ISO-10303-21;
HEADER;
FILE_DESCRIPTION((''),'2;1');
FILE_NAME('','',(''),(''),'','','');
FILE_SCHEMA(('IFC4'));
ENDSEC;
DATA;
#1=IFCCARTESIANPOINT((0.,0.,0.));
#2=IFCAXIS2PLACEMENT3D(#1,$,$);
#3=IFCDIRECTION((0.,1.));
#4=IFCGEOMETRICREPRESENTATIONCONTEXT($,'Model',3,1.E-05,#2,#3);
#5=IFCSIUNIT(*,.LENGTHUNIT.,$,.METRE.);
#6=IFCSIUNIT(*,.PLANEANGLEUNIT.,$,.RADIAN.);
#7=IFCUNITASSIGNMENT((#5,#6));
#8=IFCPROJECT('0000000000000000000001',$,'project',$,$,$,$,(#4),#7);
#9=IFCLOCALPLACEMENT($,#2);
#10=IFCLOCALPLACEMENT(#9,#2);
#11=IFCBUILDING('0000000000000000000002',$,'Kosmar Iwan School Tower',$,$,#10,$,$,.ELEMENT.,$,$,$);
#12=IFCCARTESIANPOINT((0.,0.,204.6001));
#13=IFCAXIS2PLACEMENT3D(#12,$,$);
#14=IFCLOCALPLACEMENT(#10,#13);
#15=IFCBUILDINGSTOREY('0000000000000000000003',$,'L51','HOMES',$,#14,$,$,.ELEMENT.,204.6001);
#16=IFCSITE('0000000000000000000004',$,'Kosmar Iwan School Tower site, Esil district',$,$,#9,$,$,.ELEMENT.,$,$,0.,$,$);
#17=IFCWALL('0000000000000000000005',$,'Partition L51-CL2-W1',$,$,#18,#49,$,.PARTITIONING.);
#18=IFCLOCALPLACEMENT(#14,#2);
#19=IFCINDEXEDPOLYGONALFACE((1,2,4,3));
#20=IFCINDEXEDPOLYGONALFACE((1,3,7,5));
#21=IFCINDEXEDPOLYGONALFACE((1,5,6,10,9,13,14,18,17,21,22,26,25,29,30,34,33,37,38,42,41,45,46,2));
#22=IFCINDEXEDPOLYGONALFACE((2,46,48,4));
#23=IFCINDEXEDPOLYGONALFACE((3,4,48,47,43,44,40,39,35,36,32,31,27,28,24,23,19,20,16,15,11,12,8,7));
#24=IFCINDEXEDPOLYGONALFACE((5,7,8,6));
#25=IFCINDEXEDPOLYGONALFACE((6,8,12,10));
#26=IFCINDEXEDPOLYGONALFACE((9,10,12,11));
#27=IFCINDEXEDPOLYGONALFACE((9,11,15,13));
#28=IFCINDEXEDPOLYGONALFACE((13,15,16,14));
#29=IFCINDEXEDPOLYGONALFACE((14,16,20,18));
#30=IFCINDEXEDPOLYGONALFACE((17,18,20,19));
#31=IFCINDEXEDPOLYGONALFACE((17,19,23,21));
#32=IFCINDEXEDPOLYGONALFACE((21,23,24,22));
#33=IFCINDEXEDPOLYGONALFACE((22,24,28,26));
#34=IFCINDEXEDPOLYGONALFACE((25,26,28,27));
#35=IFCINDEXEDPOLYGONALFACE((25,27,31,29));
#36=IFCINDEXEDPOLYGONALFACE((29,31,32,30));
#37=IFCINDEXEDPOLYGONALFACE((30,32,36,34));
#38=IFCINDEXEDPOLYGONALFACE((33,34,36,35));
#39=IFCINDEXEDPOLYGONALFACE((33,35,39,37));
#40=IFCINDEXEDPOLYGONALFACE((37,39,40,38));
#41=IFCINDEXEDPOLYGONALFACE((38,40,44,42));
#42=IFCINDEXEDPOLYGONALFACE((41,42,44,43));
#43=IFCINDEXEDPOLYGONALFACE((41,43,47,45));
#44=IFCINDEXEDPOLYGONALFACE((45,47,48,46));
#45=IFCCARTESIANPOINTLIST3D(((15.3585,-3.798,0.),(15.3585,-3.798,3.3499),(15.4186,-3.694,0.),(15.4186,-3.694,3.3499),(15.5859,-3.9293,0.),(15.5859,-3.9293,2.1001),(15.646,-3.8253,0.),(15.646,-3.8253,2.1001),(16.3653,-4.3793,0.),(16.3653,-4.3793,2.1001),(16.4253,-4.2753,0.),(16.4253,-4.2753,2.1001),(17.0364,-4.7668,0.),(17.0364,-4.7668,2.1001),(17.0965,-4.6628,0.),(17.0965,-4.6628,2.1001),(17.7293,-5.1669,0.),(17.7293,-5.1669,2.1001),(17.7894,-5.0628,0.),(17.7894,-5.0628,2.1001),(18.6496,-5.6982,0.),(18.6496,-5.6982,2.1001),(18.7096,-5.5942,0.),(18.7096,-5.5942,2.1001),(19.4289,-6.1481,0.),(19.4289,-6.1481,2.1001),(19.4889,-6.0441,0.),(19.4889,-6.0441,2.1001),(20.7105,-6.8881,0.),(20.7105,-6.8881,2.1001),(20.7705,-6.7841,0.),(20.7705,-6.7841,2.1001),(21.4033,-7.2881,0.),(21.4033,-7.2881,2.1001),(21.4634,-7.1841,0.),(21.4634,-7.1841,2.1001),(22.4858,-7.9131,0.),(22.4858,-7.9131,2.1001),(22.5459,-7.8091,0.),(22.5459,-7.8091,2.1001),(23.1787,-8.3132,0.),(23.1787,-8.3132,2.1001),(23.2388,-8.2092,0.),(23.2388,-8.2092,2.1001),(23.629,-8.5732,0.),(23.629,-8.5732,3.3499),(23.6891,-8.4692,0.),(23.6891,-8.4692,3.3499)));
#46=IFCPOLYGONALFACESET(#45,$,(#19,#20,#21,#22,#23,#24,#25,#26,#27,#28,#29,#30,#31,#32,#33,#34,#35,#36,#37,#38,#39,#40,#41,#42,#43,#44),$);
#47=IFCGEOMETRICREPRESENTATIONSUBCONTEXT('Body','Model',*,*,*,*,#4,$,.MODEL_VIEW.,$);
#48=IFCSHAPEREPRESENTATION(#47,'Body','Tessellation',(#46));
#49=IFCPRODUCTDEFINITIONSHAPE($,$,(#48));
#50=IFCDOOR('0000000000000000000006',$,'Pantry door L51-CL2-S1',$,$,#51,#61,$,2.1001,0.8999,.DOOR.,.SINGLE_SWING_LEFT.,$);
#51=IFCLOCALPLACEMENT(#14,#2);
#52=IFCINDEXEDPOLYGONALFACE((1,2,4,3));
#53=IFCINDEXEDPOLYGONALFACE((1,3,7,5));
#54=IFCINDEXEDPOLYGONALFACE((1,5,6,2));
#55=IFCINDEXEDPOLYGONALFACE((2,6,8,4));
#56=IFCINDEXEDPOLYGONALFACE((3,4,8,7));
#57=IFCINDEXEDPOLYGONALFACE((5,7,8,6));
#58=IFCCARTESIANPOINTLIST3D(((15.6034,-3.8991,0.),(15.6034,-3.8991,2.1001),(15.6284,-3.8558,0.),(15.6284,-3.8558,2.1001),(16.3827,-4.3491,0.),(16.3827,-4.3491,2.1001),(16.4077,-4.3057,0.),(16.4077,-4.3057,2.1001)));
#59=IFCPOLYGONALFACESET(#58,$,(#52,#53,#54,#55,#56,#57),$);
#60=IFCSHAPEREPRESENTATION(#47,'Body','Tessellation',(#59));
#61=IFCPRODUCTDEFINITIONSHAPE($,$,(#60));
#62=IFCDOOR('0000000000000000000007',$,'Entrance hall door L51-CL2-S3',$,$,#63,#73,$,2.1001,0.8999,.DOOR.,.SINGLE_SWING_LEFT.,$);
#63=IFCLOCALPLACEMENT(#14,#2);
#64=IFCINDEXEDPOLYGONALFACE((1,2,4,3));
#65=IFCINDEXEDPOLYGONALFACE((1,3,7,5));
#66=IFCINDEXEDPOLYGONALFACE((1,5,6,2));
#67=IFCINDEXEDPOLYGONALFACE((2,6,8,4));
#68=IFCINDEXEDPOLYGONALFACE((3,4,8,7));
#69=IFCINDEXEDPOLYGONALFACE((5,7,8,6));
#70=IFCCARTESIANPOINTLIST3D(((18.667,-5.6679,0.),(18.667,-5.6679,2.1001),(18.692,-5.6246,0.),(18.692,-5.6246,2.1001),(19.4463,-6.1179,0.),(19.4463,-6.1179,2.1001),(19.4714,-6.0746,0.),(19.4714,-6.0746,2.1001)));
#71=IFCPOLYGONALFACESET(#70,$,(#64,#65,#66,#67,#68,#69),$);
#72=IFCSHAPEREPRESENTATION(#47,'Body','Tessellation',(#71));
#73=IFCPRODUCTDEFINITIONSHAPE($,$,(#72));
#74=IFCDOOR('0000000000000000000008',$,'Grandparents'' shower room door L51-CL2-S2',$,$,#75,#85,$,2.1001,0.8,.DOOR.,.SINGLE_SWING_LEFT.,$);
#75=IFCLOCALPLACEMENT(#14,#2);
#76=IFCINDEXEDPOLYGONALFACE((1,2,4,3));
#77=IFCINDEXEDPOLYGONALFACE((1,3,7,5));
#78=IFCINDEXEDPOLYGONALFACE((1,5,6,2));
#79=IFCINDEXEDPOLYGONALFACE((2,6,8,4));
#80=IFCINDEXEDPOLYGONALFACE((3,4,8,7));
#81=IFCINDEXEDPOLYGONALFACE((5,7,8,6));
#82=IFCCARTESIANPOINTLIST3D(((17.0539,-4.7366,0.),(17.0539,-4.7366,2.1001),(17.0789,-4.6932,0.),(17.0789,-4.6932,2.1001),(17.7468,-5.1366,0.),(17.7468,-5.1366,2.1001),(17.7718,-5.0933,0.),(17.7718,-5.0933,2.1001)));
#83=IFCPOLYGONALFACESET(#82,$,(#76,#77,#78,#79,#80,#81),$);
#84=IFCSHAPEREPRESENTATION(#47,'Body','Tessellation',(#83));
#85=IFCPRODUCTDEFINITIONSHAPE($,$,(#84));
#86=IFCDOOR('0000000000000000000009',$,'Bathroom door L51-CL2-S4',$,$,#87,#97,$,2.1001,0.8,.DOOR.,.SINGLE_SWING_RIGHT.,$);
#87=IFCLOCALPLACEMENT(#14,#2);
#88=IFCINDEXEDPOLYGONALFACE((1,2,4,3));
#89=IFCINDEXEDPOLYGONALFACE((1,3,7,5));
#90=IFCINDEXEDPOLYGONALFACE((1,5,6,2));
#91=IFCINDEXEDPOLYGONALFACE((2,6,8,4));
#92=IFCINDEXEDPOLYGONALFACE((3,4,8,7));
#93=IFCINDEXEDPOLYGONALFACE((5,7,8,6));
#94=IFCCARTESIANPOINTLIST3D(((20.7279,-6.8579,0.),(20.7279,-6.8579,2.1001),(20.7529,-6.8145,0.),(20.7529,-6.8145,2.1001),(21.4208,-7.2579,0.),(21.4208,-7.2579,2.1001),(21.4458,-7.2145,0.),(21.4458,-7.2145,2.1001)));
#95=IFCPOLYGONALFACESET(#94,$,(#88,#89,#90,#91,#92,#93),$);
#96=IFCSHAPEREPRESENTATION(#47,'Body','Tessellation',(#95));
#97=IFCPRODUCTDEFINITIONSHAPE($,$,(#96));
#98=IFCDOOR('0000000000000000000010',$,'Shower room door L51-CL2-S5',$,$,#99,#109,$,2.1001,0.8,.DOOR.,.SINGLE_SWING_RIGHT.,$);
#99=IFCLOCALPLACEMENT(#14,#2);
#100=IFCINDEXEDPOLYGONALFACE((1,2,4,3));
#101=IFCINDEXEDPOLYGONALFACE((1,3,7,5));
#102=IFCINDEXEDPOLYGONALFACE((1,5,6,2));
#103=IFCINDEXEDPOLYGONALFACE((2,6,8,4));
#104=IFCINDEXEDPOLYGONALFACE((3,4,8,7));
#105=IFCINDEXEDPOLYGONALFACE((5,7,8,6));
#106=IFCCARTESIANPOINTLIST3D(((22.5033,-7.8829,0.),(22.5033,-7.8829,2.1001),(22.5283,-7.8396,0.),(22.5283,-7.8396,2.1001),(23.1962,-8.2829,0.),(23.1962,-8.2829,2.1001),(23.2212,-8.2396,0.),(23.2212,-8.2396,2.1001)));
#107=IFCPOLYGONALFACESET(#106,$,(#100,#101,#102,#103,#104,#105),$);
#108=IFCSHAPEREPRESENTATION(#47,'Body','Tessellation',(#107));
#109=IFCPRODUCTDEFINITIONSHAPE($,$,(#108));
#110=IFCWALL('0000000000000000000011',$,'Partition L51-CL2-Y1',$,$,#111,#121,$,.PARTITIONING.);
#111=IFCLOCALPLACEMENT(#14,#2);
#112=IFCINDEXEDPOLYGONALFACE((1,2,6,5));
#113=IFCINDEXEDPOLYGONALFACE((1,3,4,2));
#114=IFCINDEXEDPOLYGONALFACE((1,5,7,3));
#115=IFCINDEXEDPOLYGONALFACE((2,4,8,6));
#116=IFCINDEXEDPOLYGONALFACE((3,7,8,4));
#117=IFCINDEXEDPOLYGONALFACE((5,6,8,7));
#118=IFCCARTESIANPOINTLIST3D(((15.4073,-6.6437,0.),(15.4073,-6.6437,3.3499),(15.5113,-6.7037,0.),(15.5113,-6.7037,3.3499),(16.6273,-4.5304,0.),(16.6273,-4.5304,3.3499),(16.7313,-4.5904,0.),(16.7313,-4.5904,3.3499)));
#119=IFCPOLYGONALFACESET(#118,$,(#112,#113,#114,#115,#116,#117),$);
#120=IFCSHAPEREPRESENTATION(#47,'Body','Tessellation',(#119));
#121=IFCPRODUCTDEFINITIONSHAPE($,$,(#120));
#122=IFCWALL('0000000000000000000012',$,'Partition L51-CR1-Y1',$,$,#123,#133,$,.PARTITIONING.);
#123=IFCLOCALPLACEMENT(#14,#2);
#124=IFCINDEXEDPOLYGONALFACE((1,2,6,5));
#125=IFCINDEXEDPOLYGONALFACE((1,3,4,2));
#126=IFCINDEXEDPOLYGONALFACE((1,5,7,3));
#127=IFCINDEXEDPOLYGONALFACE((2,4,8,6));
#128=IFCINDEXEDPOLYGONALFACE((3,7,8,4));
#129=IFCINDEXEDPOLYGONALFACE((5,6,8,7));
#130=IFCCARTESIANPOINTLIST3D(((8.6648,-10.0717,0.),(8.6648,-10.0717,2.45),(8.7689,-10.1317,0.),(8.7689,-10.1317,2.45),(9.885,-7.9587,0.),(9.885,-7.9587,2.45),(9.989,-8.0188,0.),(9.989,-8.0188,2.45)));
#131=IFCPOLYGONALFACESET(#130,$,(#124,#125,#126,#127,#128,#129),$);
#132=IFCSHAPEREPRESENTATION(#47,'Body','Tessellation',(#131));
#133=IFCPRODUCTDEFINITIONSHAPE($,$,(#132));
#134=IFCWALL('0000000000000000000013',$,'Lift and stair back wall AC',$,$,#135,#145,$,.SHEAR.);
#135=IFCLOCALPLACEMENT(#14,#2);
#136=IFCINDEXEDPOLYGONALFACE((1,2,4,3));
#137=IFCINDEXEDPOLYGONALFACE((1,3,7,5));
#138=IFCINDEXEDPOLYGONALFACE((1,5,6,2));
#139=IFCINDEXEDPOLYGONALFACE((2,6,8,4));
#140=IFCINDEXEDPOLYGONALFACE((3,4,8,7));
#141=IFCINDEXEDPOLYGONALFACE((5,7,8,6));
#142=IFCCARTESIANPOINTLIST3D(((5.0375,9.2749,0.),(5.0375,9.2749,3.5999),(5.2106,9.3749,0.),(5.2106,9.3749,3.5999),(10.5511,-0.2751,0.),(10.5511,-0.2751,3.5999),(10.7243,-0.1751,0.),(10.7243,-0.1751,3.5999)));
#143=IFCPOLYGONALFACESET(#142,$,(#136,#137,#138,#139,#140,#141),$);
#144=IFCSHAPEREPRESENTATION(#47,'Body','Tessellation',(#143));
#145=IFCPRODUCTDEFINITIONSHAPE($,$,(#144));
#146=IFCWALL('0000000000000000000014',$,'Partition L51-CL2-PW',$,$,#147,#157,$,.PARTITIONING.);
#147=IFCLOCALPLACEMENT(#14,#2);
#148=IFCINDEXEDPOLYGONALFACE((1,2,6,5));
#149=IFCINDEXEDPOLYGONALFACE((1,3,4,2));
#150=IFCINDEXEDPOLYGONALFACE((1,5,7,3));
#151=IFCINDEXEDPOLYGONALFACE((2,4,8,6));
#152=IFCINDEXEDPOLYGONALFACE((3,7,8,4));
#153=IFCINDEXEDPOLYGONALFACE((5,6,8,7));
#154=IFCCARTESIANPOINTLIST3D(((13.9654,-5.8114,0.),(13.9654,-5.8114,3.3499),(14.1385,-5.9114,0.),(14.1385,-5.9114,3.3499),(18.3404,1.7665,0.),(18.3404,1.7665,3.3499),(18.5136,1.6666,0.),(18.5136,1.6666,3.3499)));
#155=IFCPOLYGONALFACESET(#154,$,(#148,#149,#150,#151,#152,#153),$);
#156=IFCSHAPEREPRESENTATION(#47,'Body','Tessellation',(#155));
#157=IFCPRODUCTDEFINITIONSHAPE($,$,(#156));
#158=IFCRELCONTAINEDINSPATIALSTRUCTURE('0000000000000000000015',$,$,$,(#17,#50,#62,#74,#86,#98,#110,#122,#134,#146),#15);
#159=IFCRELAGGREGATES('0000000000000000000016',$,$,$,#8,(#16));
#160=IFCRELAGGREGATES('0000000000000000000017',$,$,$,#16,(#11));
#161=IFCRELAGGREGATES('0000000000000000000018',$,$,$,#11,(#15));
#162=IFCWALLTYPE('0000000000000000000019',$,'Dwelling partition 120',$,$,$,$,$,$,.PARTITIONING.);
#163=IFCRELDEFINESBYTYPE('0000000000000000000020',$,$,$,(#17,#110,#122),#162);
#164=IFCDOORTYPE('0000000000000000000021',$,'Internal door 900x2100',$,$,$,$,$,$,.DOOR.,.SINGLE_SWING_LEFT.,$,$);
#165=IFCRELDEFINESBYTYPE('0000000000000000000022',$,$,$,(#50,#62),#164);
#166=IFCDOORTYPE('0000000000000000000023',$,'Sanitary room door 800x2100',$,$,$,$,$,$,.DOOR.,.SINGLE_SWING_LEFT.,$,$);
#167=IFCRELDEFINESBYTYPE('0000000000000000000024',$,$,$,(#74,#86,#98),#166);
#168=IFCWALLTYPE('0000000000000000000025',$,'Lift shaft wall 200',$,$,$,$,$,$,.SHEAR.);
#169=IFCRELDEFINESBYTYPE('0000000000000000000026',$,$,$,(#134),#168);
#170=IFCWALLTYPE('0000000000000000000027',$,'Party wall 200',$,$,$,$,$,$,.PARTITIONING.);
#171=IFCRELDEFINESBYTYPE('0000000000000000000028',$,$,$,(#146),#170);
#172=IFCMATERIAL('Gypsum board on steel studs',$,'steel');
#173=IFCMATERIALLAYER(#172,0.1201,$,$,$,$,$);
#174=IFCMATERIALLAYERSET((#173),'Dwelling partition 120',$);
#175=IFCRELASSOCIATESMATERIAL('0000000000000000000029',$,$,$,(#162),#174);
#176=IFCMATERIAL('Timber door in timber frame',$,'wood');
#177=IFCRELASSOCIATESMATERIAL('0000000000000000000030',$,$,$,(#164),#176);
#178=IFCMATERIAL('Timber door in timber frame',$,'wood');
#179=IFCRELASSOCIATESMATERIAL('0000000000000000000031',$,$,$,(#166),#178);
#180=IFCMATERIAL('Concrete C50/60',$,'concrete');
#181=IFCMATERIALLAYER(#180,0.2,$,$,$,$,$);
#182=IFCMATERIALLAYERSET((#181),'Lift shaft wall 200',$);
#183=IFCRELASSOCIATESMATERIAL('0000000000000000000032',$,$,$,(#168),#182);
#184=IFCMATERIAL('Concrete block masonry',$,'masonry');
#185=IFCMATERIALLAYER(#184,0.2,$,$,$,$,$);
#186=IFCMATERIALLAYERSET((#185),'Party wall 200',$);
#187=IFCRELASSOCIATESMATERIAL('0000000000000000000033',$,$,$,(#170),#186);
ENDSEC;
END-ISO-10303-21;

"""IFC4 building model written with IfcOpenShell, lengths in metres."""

from ifc_helpers import new_model, si_unit, direction, frame, frame_2d, origin, place, context, subcontext, project, spatial, rectangle, extrude, material, layer, layer_set, type_object, element, fill, save


model = new_model("IFC4")

# Units and contexts
model_context = context("Model", 3, precision=1e-05, world=origin(), true_north=direction((0.0, 1.0)))
body_context = subcontext(model_context, "Body", "Model", "MODEL_VIEW")
ifc_project = project(units=[si_unit("LENGTHUNIT", "METRE"), si_unit("PLANEANGLEUNIT", "RADIAN")], contexts=[model_context])

# Site, building, storey
site_placement = place(None, origin())
site = spatial("IfcSite", under=ifc_project, at=site_placement, Name="Kosmar Iwan School Tower site, Esil district", CompositionType="ELEMENT", RefElevation=0.0)
building_placement = place(site_placement, origin())
building = spatial("IfcBuilding", under=site, at=building_placement, Name="Kosmar Iwan School Tower", CompositionType="ELEMENT")
storey_placement = place(building_placement, frame((0.0, 0.0, 204.6001)))
storey = spatial("IfcBuildingStorey", under=building, at=storey_placement, Name="L51", Description="HOMES", CompositionType="ELEMENT", Elevation=204.6001)

# Shared definitions
ifc_material_1 = material(Name="Gypsum board on steel studs", Category="steel")
ifc_layer_1 = layer(ifc_material_1, 0.1201)
ifc_layer_set_1 = layer_set([ifc_layer_1], Name="Dwelling partition 120")
wall_type_1 = type_object("IfcWallType", Name="Dwelling partition 120", PredefinedType="PARTITIONING", material=ifc_layer_set_1)
ifc_material_2 = material(Name="Timber door in timber frame", Category="wood")
door_type_1 = type_object("IfcDoorType", Name="Internal door 900x2100", OperationType="SINGLE_SWING_LEFT", PredefinedType="DOOR", material=ifc_material_2)
ifc_material_3 = material(Name="Timber door in timber frame", Category="wood")
door_type_2 = type_object("IfcDoorType", Name="Sanitary room door 800x2100", OperationType="SINGLE_SWING_LEFT", PredefinedType="DOOR", material=ifc_material_3)

# Wall, openings, doors
wall_1_placement = place(storey_placement, frame((15.3887, -3.7461, 0.0), z_axis=(0.0, 0.0, 1.0), x_axis=(0.866018, -0.500013, 0.0)))
wall_1 = element("IfcWall", 1, at=wall_1_placement, inside=storey, type_object=wall_type_1, Name="Partition L51-CL2-W1", PredefinedType="PARTITIONING", context=body_context, shape_type="SweptSolid", body=[
    extrude(rectangle(XDim=9.55, YDim=0.1201, at=frame_2d((4.7749, 0.0))), origin(), (0.0, 0.0, 1.0), 3.3499),
])
opening_1_placement = place(wall_1_placement, frame((0.2625, 0.0, 0.0)))
opening_1 = element("IfcOpeningElement", 2, at=opening_1_placement, cuts=wall_1, PredefinedType="OPENING", context=body_context, shape_type="SweptSolid", body=[
    extrude(rectangle(XDim=0.8999, YDim=2.1001, at=frame_2d((0.45, 1.05))), frame((0.0, 0.072, 0.0), z_axis=(0.0, -1.0, 0.0), x_axis=(1.0, 0.0, 0.0)), (0.0, 0.0, 1.0), 0.144),
])
opening_2_placement = place(wall_1_placement, frame((1.9375, 0.0, 0.0)))
opening_2 = element("IfcOpeningElement", 3, at=opening_2_placement, cuts=wall_1, PredefinedType="OPENING", context=body_context, shape_type="SweptSolid", body=[
    extrude(rectangle(XDim=0.8, YDim=2.1001, at=frame_2d((0.3999, 1.05))), frame((0.0, 0.072, 0.0), z_axis=(0.0, -1.0, 0.0), x_axis=(1.0, 0.0, 0.0)), (0.0, 0.0, 1.0), 0.144),
])
opening_3_placement = place(wall_1_placement, frame((3.8, 0.0, 0.0)))
opening_3 = element("IfcOpeningElement", 4, at=opening_3_placement, cuts=wall_1, PredefinedType="OPENING", context=body_context, shape_type="SweptSolid", body=[
    extrude(rectangle(XDim=0.8999, YDim=2.1001, at=frame_2d((0.45, 1.05))), frame((0.0, 0.072, 0.0), z_axis=(0.0, -1.0, 0.0), x_axis=(1.0, 0.0, 0.0)), (0.0, 0.0, 1.0), 0.144),
])
opening_4_placement = place(wall_1_placement, frame((6.1799, 0.0, 0.0)))
opening_4 = element("IfcOpeningElement", 5, at=opening_4_placement, cuts=wall_1, PredefinedType="OPENING", context=body_context, shape_type="SweptSolid", body=[
    extrude(rectangle(XDim=0.8, YDim=2.1001, at=frame_2d((0.3999, 1.05))), frame((0.0, 0.072, 0.0), z_axis=(0.0, -1.0, 0.0), x_axis=(1.0, 0.0, 0.0)), (0.0, 0.0, 1.0), 0.144),
])
opening_5_placement = place(wall_1_placement, frame((8.23, 0.0, 0.0)))
opening_5 = element("IfcOpeningElement", 6, at=opening_5_placement, cuts=wall_1, PredefinedType="OPENING", context=body_context, shape_type="SweptSolid", body=[
    extrude(rectangle(XDim=0.8, YDim=2.1001, at=frame_2d((0.3999, 1.05))), frame((0.0, 0.072, 0.0), z_axis=(0.0, -1.0, 0.0), x_axis=(1.0, 0.0, 0.0)), (0.0, 0.0, 1.0), 0.144),
])
door_1_placement = place(opening_1_placement, origin())
door_1 = element("IfcDoor", 7, at=door_1_placement, inside=storey, type_object=door_type_1, Name="Pantry door L51-CL2-S1", OperationType="SINGLE_SWING_LEFT", OverallHeight=2.1001, OverallWidth=0.8999, PredefinedType="DOOR", context=body_context, shape_type="SweptSolid", body=[
    extrude(rectangle(XDim=0.8999, YDim=2.1001, at=frame_2d((0.45, 1.05))), frame((0.0, 0.0249, 0.0), z_axis=(0.0, -1.0, 0.0), x_axis=(1.0, 0.0, 0.0)), (0.0, 0.0, 1.0), 0.05),
])
fill(opening_1, door_1)
door_2_placement = place(opening_3_placement, origin())
door_2 = element("IfcDoor", 8, at=door_2_placement, inside=storey, type_object=door_type_1, Name="Entrance hall door L51-CL2-S3", OperationType="SINGLE_SWING_LEFT", OverallHeight=2.1001, OverallWidth=0.8999, PredefinedType="DOOR", context=body_context, shape_type="SweptSolid", body=[
    extrude(rectangle(XDim=0.8999, YDim=2.1001, at=frame_2d((0.45, 1.05))), frame((0.0, 0.0249, 0.0), z_axis=(0.0, -1.0, 0.0), x_axis=(1.0, 0.0, 0.0)), (0.0, 0.0, 1.0), 0.05),
])
fill(opening_3, door_2)
door_3_placement = place(opening_2_placement, origin())
door_3 = element("IfcDoor", 9, at=door_3_placement, inside=storey, type_object=door_type_2, Name="Grandparents' shower room door L51-CL2-S2", OperationType="SINGLE_SWING_LEFT", OverallHeight=2.1001, OverallWidth=0.8, PredefinedType="DOOR", context=body_context, shape_type="SweptSolid", body=[
    extrude(rectangle(XDim=0.8, YDim=2.1001, at=frame_2d((0.3999, 1.05))), frame((0.0, 0.0249, 0.0), z_axis=(0.0, -1.0, 0.0), x_axis=(1.0, 0.0, 0.0)), (0.0, 0.0, 1.0), 0.05),
])
fill(opening_2, door_3)
door_4_placement = place(opening_4_placement, origin())
door_4 = element("IfcDoor", 10, at=door_4_placement, inside=storey, type_object=door_type_2, Name="Bathroom door L51-CL2-S4", OperationType="SINGLE_SWING_RIGHT", OverallHeight=2.1001, OverallWidth=0.8, PredefinedType="DOOR", context=body_context, shape_type="SweptSolid", body=[
    extrude(rectangle(XDim=0.8, YDim=2.1001, at=frame_2d((0.3999, 1.05))), frame((0.0, 0.0249, 0.0), z_axis=(0.0, -1.0, 0.0), x_axis=(1.0, 0.0, 0.0)), (0.0, 0.0, 1.0), 0.05),
])
fill(opening_4, door_4)
door_5_placement = place(opening_5_placement, origin())
door_5 = element("IfcDoor", 11, at=door_5_placement, inside=storey, type_object=door_type_2, Name="Shower room door L51-CL2-S5", OperationType="SINGLE_SWING_RIGHT", OverallHeight=2.1001, OverallWidth=0.8, PredefinedType="DOOR", context=body_context, shape_type="SweptSolid", body=[
    extrude(rectangle(XDim=0.8, YDim=2.1001, at=frame_2d((0.3999, 1.05))), frame((0.0, 0.0249, 0.0), z_axis=(0.0, -1.0, 0.0), x_axis=(1.0, 0.0, 0.0)), (0.0, 0.0, 1.0), 0.05),
])
fill(opening_5, door_5)

# Walls
wall_2_placement = place(storey_placement, frame((15.4592, -6.6738, 0.0), z_axis=(0.0, 0.0, 1.0), x_axis=(0.499959, 0.866049, 0.0)))
element("IfcWall", 12, at=wall_2_placement, inside=storey, type_object=wall_type_1, Name="Partition L51-CL2-Y1", PredefinedType="PARTITIONING", context=body_context, shape_type="SweptSolid", body=[
    extrude(rectangle(XDim=2.4402, YDim=0.1201, at=frame_2d((1.2202, 0.0))), origin(), (0.0, 0.0, 1.0), 3.3499),
])
wall_3_placement = place(storey_placement, frame((9.937, -7.9888, 0.0), z_axis=(0.0, 0.0, 1.0), x_axis=(-0.500078, -0.865981, 0.0)))
element("IfcWall", 13, at=wall_3_placement, inside=storey, type_object=wall_type_1, Name="Partition L51-CR1-Y1", PredefinedType="PARTITIONING", context=body_context, shape_type="SweptSolid", body=[
    extrude(rectangle(XDim=2.4399, YDim=0.1201, at=frame_2d((1.22, 0.0))), origin(), (0.0, 0.0, 1.0), 2.45),
])
ifc_material_4 = material(Name="Concrete C50/60", Category="concrete")
ifc_layer_2 = layer(ifc_material_4, 0.2)
ifc_layer_set_2 = layer_set([ifc_layer_2], Name="Lift shaft wall 200")
wall_type_2 = type_object("IfcWallType", Name="Lift shaft wall 200", PredefinedType="SHEAR", material=ifc_layer_set_2)
wall_4_placement = place(storey_placement, frame((10.6377, -0.2251, 0.0), z_axis=(0.0, 0.0, 1.0), x_axis=(-0.499997, 0.866027, 0.0)))
element("IfcWall", 14, at=wall_4_placement, inside=storey, type_object=wall_type_2, Name="Lift and stair back wall AC", PredefinedType="SHEAR", context=body_context, shape_type="SweptSolid", body=[
    extrude(rectangle(XDim=11.0273, YDim=0.2, at=frame_2d((5.5137, 0.0))), origin(), (0.0, 0.0, 1.0), 3.5999),
])
ifc_material_5 = material(Name="Concrete block masonry", Category="masonry")
ifc_layer_3 = layer(ifc_material_5, 0.2)
ifc_layer_set_3 = layer_set([ifc_layer_3], Name="Party wall 200")
wall_type_3 = type_object("IfcWallType", Name="Party wall 200", PredefinedType="PARTITIONING", material=ifc_layer_set_3)
wall_5_placement = place(storey_placement, frame((14.052, -5.8613, 0.0), z_axis=(0.0, 0.0, 1.0), x_axis=(0.499992, 0.86603, 0.0)))
element("IfcWall", 15, at=wall_5_placement, inside=storey, type_object=wall_type_3, Name="Partition L51-CL2-PW", PredefinedType="PARTITIONING", context=body_context, shape_type="SweptSolid", body=[
    extrude(rectangle(XDim=8.7502, YDim=0.2, at=frame_2d((4.375, 0.0))), origin(), (0.0, 0.0, 1.0), 3.3499),
])

save(model, "model.ifc")
